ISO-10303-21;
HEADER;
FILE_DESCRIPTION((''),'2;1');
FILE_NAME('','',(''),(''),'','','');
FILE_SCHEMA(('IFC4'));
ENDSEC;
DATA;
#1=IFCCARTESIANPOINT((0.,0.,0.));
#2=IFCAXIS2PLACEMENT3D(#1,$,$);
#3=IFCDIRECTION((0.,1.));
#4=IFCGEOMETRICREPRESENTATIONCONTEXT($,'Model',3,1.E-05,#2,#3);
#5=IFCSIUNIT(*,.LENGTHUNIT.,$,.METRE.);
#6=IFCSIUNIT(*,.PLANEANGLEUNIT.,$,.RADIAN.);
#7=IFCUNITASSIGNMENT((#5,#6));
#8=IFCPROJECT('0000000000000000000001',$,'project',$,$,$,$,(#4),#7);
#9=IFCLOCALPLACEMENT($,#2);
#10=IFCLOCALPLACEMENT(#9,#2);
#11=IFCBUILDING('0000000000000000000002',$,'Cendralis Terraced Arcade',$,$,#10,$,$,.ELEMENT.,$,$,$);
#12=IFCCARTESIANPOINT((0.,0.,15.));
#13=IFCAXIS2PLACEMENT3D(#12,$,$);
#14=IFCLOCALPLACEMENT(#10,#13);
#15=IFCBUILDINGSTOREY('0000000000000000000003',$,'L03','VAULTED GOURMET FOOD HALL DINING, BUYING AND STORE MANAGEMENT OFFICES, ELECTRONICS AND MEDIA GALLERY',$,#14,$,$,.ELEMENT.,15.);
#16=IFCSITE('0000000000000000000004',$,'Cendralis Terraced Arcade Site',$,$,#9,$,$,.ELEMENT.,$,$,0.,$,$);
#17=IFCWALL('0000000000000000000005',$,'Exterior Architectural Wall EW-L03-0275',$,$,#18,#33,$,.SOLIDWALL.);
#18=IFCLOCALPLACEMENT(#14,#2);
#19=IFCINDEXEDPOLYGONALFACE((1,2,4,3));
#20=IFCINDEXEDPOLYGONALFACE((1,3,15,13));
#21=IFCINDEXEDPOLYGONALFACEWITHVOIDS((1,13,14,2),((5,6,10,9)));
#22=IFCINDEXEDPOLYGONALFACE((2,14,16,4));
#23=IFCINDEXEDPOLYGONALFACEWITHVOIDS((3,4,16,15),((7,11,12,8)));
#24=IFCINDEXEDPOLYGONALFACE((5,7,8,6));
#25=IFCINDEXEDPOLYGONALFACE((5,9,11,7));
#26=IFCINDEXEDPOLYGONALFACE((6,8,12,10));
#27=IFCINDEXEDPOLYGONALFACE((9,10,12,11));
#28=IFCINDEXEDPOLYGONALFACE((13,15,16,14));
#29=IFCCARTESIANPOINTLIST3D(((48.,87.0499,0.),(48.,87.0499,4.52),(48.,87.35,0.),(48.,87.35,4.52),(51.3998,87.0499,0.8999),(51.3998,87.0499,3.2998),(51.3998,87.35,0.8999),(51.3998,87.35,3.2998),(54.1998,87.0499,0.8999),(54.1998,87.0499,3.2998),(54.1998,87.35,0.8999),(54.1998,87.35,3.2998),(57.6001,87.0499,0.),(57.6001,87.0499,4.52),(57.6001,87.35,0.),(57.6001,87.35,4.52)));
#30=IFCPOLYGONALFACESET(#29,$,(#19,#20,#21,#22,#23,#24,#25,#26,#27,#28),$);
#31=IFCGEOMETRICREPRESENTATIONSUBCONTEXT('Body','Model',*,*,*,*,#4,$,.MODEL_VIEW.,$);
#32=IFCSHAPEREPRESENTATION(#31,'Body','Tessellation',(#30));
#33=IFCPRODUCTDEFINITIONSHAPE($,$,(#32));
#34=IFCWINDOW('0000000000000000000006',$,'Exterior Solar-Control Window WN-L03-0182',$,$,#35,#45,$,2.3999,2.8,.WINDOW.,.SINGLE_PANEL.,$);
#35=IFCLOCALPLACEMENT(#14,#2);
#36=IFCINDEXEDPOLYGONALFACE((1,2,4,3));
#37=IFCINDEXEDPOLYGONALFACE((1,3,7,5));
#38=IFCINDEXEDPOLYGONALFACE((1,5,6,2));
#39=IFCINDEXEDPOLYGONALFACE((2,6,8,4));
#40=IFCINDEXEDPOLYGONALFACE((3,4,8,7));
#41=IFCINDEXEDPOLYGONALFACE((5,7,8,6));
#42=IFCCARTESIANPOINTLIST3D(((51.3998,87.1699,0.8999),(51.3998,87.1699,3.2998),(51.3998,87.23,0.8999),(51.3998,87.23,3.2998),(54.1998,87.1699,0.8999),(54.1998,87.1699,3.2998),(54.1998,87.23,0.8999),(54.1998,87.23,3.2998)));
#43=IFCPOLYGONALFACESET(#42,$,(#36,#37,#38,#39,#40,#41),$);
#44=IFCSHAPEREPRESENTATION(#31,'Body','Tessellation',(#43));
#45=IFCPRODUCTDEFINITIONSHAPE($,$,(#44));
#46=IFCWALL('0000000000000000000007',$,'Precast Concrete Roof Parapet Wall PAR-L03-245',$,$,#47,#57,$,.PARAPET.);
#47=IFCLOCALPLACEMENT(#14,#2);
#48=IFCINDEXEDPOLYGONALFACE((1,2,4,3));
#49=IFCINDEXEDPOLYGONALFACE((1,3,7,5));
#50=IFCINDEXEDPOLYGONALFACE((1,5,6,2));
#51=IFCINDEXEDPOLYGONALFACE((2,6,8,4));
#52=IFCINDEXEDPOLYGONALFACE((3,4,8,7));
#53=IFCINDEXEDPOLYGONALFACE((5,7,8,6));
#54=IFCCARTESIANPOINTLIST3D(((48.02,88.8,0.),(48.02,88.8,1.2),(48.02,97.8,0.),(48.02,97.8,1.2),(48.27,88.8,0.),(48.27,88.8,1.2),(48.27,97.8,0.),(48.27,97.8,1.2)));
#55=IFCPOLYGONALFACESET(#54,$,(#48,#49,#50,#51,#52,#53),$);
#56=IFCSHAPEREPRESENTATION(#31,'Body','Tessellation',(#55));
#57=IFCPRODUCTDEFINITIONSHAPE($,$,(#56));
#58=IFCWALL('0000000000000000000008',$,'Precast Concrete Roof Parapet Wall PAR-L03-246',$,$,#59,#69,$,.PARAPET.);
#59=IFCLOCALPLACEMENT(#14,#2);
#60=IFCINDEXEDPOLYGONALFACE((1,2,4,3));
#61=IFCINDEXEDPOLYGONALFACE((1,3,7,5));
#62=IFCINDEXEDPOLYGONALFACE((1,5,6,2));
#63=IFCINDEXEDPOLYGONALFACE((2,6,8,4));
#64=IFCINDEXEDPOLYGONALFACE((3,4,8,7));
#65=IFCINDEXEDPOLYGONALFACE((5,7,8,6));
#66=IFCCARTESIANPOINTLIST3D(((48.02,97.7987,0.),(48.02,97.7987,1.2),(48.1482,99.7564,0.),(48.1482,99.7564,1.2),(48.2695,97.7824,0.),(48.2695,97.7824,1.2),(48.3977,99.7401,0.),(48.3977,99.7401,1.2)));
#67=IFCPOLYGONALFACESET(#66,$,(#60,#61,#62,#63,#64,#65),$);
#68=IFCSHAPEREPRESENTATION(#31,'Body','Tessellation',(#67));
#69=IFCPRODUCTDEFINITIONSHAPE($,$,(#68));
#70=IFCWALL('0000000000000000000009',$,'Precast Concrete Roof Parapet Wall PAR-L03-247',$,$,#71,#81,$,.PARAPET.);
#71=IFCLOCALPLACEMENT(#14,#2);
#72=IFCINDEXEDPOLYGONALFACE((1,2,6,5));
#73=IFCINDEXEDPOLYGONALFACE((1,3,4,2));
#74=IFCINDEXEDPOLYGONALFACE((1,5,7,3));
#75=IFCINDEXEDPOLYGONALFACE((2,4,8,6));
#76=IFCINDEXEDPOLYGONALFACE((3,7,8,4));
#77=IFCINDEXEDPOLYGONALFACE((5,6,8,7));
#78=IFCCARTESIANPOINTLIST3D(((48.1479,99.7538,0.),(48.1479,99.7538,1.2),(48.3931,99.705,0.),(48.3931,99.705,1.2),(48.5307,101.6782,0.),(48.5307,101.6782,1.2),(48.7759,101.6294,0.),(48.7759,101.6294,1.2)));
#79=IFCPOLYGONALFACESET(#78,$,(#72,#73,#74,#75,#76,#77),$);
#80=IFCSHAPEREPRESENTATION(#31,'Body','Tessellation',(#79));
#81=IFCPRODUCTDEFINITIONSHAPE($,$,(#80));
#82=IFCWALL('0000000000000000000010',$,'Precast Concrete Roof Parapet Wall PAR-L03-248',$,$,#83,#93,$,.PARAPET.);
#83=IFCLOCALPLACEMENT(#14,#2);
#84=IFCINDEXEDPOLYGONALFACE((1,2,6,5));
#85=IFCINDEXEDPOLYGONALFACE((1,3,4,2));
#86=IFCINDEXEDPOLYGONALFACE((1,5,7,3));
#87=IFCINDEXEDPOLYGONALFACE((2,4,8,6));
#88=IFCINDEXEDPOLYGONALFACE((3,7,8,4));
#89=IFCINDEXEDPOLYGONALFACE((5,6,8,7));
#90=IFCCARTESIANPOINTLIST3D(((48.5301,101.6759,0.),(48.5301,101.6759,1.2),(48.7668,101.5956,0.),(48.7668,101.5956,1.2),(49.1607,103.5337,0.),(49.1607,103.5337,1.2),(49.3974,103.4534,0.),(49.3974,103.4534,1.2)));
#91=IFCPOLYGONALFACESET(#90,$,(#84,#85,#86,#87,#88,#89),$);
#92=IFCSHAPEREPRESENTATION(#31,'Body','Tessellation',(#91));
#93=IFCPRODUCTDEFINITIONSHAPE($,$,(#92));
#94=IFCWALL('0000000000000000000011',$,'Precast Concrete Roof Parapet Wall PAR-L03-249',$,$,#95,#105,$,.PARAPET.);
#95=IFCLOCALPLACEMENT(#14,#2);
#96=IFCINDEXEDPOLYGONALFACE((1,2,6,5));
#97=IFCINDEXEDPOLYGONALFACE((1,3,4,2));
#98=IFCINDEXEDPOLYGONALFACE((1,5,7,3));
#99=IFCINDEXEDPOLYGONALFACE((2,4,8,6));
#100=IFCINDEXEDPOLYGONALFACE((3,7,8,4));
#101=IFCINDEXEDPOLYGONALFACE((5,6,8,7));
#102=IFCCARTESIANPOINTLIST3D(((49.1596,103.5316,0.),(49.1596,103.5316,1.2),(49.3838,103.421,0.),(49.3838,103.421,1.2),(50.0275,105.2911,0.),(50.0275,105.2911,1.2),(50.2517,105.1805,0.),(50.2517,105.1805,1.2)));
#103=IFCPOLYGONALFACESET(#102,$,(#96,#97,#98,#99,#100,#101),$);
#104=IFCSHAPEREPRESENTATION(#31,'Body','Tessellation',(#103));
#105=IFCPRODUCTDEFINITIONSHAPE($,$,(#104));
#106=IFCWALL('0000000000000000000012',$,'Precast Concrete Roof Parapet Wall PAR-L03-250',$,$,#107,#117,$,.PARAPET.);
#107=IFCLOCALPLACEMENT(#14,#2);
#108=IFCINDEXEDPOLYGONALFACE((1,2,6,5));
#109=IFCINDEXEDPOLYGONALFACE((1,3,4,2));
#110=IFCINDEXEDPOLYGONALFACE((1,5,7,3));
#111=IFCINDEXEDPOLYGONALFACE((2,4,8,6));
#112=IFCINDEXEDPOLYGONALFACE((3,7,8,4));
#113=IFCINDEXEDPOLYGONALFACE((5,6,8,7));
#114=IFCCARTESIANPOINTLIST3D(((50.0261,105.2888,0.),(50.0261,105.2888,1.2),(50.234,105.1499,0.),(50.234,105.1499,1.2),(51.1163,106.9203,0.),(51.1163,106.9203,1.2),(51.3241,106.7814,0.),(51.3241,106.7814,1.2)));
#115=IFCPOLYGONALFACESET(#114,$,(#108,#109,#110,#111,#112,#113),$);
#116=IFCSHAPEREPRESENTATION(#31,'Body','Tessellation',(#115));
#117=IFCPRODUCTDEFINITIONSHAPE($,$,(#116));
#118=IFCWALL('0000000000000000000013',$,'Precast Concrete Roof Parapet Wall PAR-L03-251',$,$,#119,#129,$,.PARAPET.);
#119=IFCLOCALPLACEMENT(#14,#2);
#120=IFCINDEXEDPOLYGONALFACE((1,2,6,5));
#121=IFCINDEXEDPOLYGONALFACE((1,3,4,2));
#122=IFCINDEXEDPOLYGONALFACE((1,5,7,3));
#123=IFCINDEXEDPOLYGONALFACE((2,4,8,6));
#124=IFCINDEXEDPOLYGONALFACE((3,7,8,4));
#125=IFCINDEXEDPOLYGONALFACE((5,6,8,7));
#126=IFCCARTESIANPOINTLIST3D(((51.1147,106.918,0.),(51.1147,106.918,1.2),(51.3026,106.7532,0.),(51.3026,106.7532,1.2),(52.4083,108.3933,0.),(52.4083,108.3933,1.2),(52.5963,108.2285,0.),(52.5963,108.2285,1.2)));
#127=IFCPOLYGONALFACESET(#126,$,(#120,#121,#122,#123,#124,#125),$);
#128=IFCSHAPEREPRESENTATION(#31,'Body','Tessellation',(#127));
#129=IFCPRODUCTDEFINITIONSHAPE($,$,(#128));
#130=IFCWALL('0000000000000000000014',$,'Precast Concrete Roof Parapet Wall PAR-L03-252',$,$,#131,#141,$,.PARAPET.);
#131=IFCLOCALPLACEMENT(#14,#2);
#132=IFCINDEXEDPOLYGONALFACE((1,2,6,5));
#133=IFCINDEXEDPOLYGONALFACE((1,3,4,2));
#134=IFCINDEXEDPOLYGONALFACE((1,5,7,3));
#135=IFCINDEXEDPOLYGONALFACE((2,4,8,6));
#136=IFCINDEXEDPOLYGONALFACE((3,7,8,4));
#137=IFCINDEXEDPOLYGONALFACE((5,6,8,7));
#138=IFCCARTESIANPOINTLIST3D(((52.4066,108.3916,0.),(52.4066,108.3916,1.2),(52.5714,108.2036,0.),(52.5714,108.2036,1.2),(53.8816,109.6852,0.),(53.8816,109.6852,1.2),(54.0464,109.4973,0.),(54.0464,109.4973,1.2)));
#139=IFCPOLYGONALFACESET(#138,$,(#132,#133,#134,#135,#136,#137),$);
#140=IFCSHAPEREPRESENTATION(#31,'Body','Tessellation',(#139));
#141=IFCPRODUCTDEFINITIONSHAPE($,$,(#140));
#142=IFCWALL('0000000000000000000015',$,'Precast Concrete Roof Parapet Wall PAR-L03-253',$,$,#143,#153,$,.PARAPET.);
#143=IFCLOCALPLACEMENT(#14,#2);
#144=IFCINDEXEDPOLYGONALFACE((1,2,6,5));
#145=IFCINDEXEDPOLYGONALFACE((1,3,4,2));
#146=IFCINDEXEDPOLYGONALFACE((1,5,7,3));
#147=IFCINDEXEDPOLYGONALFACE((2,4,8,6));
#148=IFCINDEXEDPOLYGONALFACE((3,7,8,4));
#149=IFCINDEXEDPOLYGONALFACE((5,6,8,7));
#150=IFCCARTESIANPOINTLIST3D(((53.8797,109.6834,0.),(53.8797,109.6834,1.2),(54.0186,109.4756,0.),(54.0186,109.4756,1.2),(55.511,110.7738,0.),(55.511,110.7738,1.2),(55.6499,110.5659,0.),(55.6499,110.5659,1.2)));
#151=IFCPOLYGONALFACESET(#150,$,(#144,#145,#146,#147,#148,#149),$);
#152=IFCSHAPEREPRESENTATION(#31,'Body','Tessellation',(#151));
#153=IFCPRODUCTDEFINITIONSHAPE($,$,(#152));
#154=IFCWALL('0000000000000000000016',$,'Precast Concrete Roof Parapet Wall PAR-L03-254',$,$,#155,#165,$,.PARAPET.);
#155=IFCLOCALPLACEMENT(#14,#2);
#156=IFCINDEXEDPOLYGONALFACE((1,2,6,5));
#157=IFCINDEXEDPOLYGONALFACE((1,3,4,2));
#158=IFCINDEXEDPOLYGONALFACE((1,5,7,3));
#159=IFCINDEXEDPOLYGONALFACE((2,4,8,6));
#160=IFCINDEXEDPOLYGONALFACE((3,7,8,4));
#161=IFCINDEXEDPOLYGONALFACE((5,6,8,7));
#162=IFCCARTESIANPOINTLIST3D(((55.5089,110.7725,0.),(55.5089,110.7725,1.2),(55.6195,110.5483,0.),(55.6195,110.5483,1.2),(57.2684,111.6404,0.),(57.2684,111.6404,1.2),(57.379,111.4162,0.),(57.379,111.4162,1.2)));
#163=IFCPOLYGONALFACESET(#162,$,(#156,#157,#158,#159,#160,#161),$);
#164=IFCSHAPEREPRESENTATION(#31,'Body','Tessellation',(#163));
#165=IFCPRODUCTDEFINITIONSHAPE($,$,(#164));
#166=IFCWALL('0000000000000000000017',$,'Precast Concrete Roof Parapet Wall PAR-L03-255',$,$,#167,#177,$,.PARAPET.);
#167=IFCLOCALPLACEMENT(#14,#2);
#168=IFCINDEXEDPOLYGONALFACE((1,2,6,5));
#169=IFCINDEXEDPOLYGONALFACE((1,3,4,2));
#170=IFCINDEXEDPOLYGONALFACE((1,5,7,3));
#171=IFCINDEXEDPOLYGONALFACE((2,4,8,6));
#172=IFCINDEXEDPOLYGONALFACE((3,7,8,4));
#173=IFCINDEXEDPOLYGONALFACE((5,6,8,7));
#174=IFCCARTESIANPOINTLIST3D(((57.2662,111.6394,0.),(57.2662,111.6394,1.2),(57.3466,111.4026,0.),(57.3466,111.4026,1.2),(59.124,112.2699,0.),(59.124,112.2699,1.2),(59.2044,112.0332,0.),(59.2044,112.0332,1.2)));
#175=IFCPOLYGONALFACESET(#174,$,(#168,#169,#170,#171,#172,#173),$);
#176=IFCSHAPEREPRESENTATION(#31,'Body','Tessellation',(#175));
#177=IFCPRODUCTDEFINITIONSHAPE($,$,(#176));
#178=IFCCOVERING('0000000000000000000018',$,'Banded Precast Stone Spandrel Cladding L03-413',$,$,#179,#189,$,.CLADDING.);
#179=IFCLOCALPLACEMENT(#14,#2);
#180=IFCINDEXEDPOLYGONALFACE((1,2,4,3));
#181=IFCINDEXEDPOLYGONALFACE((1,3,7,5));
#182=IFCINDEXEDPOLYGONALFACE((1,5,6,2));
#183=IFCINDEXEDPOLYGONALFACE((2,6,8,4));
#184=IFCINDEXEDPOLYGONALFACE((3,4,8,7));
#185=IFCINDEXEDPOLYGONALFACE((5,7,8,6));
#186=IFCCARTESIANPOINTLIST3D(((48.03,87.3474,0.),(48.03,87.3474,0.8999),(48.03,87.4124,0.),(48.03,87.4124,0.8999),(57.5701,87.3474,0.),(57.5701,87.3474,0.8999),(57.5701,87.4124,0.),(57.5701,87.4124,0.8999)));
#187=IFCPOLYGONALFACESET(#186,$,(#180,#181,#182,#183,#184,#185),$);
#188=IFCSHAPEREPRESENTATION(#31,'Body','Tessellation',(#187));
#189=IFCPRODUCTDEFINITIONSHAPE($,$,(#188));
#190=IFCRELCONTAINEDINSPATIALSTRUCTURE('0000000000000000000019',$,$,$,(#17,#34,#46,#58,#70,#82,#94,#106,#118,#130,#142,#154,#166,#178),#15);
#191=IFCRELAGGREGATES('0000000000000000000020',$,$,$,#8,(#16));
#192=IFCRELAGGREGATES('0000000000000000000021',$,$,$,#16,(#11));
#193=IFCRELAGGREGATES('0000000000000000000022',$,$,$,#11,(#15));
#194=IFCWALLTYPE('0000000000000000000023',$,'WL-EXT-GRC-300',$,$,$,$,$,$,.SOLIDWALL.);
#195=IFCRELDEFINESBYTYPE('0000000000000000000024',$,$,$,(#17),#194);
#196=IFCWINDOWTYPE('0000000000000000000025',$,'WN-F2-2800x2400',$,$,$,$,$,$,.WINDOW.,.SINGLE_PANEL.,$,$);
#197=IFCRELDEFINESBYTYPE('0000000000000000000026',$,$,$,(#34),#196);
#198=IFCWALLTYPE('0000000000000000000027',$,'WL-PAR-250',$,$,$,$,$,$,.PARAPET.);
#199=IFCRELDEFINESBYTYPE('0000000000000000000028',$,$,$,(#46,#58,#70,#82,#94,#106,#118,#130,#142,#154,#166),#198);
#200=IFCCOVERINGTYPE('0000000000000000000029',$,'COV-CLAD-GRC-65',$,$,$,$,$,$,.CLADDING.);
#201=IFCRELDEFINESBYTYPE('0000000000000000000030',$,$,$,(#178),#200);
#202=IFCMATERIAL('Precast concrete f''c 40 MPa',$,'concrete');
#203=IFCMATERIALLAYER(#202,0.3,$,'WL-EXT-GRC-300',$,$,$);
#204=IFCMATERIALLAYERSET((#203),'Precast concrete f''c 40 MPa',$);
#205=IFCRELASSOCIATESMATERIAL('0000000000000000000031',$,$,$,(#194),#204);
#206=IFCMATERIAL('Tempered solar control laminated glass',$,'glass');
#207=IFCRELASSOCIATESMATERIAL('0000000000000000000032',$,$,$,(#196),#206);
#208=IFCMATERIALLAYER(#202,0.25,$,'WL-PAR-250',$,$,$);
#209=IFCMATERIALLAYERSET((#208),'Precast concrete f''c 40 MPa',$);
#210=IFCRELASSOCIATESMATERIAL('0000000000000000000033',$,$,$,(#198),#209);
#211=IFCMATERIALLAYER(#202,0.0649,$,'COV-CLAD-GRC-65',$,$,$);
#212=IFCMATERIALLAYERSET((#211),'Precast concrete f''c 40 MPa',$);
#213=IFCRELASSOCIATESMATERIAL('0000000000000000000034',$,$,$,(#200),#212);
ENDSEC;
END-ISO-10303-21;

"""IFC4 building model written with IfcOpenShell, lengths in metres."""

from ifc_helpers import new_model, si_unit, direction, frame, frame_2d, origin, origin_2d, place, context, subcontext, project, spatial, rectangle, extrude, material, layer, layer_set, type_object, element, fill, save


model = new_model("IFC4")

# Units and contexts
model_context = context("Model", 3, precision=1e-05, world=origin(), true_north=direction((0.0, 1.0)))
body_context = subcontext(model_context, "Body", "Model", "MODEL_VIEW")
ifc_project = project(units=[si_unit("LENGTHUNIT", "METRE"), si_unit("PLANEANGLEUNIT", "RADIAN")], contexts=[model_context])

# Site, building, storey
site_placement = place(None, origin())
site = spatial("IfcSite", under=ifc_project, at=site_placement, Name="Cendralis Terraced Arcade Site", CompositionType="ELEMENT", RefElevation=0.0)
building_placement = place(site_placement, origin())
building = spatial("IfcBuilding", under=site, at=building_placement, Name="Cendralis Terraced Arcade", CompositionType="ELEMENT")
storey_placement = place(building_placement, frame((0.0, 0.0, 15.0)))
storey = spatial("IfcBuildingStorey", under=building, at=storey_placement, Name="L03", Description="VAULTED GOURMET FOOD HALL DINING, BUYING AND STORE MANAGEMENT OFFICES, ELECTRONICS AND MEDIA GALLERY", CompositionType="ELEMENT", Elevation=15.0)

# Shared definitions
ifc_material_1 = material(Name="Tempered solar control laminated glass", Category="glass")

# Wall, opening, window
ifc_material_2 = material(Name="Precast concrete f'c 40 MPa", Category="concrete")
ifc_layer_1 = layer(ifc_material_2, 0.3, Name="WL-EXT-GRC-300")
ifc_layer_set_1 = layer_set([ifc_layer_1], Name="Precast concrete f'c 40 MPa")
wall_type_1 = type_object("IfcWallType", Name="WL-EXT-GRC-300", PredefinedType="SOLIDWALL", material=ifc_layer_set_1)
wall_1_placement = place(storey_placement, frame((48.0, 87.2, 0.0), z_axis=(0.0, 0.0, 1.0), x_axis=(1.0, 0.0, 0.0)))
wall_1 = element("IfcWall", 1, at=wall_1_placement, inside=storey, type_object=wall_type_1, Name="Exterior Architectural Wall EW-L03-0275", PredefinedType="SOLIDWALL", context=body_context, shape_type="SweptSolid", body=[
    extrude(rectangle(XDim=9.6001, YDim=0.3, at=frame_2d((4.8, 0.0))), origin(), (0.0, 0.0, 1.0), 4.52),
])
opening_placement = place(wall_1_placement, frame((3.3999, 0.0, 0.8999)))
opening = element("IfcOpeningElement", 2, at=opening_placement, cuts=wall_1, PredefinedType="OPENING", context=body_context, shape_type="SweptSolid", body=[
    extrude(rectangle(XDim=2.8, YDim=2.3999, at=frame_2d((1.3999, 1.2))), frame((0.0, 0.1621, 0.0), z_axis=(0.0, -1.0, 0.0), x_axis=(1.0, 0.0, 0.0)), (0.0, 0.0, 1.0), 0.324),
])
window_type = type_object("IfcWindowType", Name="WN-F2-2800x2400", PartitioningType="SINGLE_PANEL", PredefinedType="WINDOW", material=ifc_material_1)
window_placement = place(opening_placement, origin())
window = element("IfcWindow", 3, at=window_placement, inside=storey, type_object=window_type, Name="Exterior Solar-Control Window WN-L03-0182", OverallHeight=2.3999, OverallWidth=2.8, PartitioningType="SINGLE_PANEL", PredefinedType="WINDOW", context=body_context, shape_type="SweptSolid", body=[
    extrude(rectangle(XDim=2.8, YDim=2.3999, at=frame_2d((1.3999, 1.2))), frame((0.0, 0.03, 0.0), z_axis=(0.0, -1.0, 0.0), x_axis=(1.0, 0.0, 0.0)), (0.0, 0.0, 1.0), 0.0601),
])
fill(opening, window)

# Walls
ifc_layer_2 = layer(ifc_material_2, 0.25, Name="WL-PAR-250")
ifc_layer_set_2 = layer_set([ifc_layer_2], Name="Precast concrete f'c 40 MPa")
wall_type_2 = type_object("IfcWallType", Name="WL-PAR-250", PredefinedType="PARAPET", material=ifc_layer_set_2)
wall_2_placement = place(storey_placement, frame((48.145, 88.8, 0.0), z_axis=(0.0, 0.0, 1.0), x_axis=(0.0, 1.0, 0.0)))
element("IfcWall", 4, at=wall_2_placement, inside=storey, type_object=wall_type_2, Name="Precast Concrete Roof Parapet Wall PAR-L03-245", PredefinedType="PARAPET", context=body_context, shape_type="SweptSolid", body=[
    extrude(rectangle(XDim=9.0, YDim=0.25, at=frame_2d((4.5, 0.0))), origin(), (0.0, 0.0, 1.0), 1.2),
])
wall_3_placement = place(storey_placement, frame((48.1448, 97.7905, 0.0), z_axis=(0.0, 0.0, 1.0), x_axis=(0.06533, 0.997864, 0.0)))
element("IfcWall", 5, at=wall_3_placement, inside=storey, type_object=wall_type_2, Name="Precast Concrete Roof Parapet Wall PAR-L03-246", PredefinedType="PARAPET", context=body_context, shape_type="SweptSolid", body=[
    extrude(rectangle(XDim=1.9619, YDim=0.25, at=frame_2d((0.981, 0.0))), origin(), (0.0, 0.0, 1.0), 1.2),
])
wall_4_placement = place(storey_placement, frame((48.2705, 99.7295, 0.0), z_axis=(0.0, 0.0, 1.0), x_axis=(0.195087, 0.980786, 0.0)))
element("IfcWall", 6, at=wall_4_placement, inside=storey, type_object=wall_type_2, Name="Precast Concrete Roof Parapet Wall PAR-L03-247", PredefinedType="PARAPET", context=body_context, shape_type="SweptSolid", body=[
    extrude(rectangle(XDim=1.9622, YDim=0.25, at=frame_2d((0.981, 0.0))), origin(), (0.0, 0.0, 1.0), 1.2),
])
for number, where, z_axis, x_axis, name in (
    (7, (48.6484, 101.6357, 0.0), (0.0, 0.0, 1.0), (0.321412, 0.946939, 0.0), "Precast Concrete Roof Parapet Wall PAR-L03-248"),
    (8, (49.2717, 103.4763, 0.0), (0.0, 0.0, 1.0), (0.442379, 0.896828, 0.0), "Precast Concrete Roof Parapet Wall PAR-L03-249"),
):
    element("IfcWall", number, at=place(storey_placement, frame(where, z_axis=z_axis, x_axis=x_axis)), inside=storey, type_object=wall_type_2, Name=name, PredefinedType="PARAPET", context=body_context, shape_type="SweptSolid", body=[
        extrude(rectangle(XDim=1.9619, YDim=0.25, at=frame_2d((0.981, 0.0))), origin(), (0.0, 0.0, 1.0), 1.2),
    ])
for number, where, z_axis, x_axis, name in (
    (9, (50.1301, 105.2195, 0.0), (0.0, 0.0, 1.0), (0.55559, 0.831456, 0.0), "Precast Concrete Roof Parapet Wall PAR-L03-250"),
    (10, (51.2087, 106.8357, 0.0), (0.0, 0.0, 1.0), (0.659306, 0.751875, 0.0), "Precast Concrete Roof Parapet Wall PAR-L03-251"),
):
    element("IfcWall", number, at=place(storey_placement, frame(where, z_axis=z_axis, x_axis=x_axis)), inside=storey, type_object=wall_type_2, Name=name, PredefinedType="PARAPET", context=body_context, shape_type="SweptSolid", body=[
        extrude(rectangle(XDim=1.9622, YDim=0.25, at=frame_2d((0.981, 0.0))), origin(), (0.0, 0.0, 1.0), 1.2),
    ])
wall_5_placement = place(storey_placement, frame((52.489, 108.2976, 0.0), z_axis=(0.0, 0.0, 1.0), x_axis=(0.751821, 0.659367, 0.0)))
element("IfcWall", 11, at=wall_5_placement, inside=storey, type_object=wall_type_2, Name="Precast Concrete Roof Parapet Wall PAR-L03-252", PredefinedType="PARAPET", context=body_context, shape_type="SweptSolid", body=[
    extrude(rectangle(XDim=1.9619, YDim=0.25, at=frame_2d((0.981, 0.0))), origin(), (0.0, 0.0, 1.0), 1.2),
])
wall_6_placement = place(storey_placement, frame((53.9492, 109.5796, 0.0), z_axis=(0.0, 0.0, 1.0), x_axis=(0.831399, 0.555676, 0.0)))
element("IfcWall", 12, at=wall_6_placement, inside=storey, type_object=wall_type_2, Name="Precast Concrete Roof Parapet Wall PAR-L03-253", PredefinedType="PARAPET", context=body_context, shape_type="SweptSolid", body=[
    extrude(rectangle(XDim=1.9622, YDim=0.25, at=frame_2d((0.981, 0.0))), origin(), (0.0, 0.0, 1.0), 1.2),
])
for number, where, z_axis, x_axis, name in (
    (13, (55.5642, 110.6604, 0.0), (0.0, 0.0, 1.0), (0.896828, 0.442379, 0.0), "Precast Concrete Roof Parapet Wall PAR-L03-254"),
    (14, (57.3064, 111.521, 0.0), (0.0, 0.0, 1.0), (0.946939, 0.321412, 0.0), "Precast Concrete Roof Parapet Wall PAR-L03-255"),
):
    element("IfcWall", number, at=place(storey_placement, frame(where, z_axis=z_axis, x_axis=x_axis)), inside=storey, type_object=wall_type_2, Name=name, PredefinedType="PARAPET", context=body_context, shape_type="SweptSolid", body=[
        extrude(rectangle(XDim=1.9619, YDim=0.25, at=frame_2d((0.981, 0.0))), origin(), (0.0, 0.0, 1.0), 1.2),
    ])

# Covering
ifc_layer_3 = layer(ifc_material_2, 0.0649, Name="COV-CLAD-GRC-65")
ifc_layer_set_3 = layer_set([ifc_layer_3], Name="Precast concrete f'c 40 MPa")
covering_type = type_object("IfcCoveringType", Name="COV-CLAD-GRC-65", PredefinedType="CLADDING", material=ifc_layer_set_3)
covering_1_placement = place(storey_placement, frame((52.8, 87.3799, 0.0), z_axis=(0.0, 0.0, 1.0), x_axis=(1.0, 0.0, 0.0)))
element("IfcCovering", 15, at=covering_1_placement, inside=storey, type_object=covering_type, Name="Banded Precast Stone Spandrel Cladding L03-413", PredefinedType="CLADDING", context=body_context, shape_type="SweptSolid", body=[
    extrude(rectangle(XDim=9.54, YDim=0.0649, at=origin_2d()), origin(), (0.0, 0.0, 1.0), 0.8999),
])

save(model, "model.ifc")
